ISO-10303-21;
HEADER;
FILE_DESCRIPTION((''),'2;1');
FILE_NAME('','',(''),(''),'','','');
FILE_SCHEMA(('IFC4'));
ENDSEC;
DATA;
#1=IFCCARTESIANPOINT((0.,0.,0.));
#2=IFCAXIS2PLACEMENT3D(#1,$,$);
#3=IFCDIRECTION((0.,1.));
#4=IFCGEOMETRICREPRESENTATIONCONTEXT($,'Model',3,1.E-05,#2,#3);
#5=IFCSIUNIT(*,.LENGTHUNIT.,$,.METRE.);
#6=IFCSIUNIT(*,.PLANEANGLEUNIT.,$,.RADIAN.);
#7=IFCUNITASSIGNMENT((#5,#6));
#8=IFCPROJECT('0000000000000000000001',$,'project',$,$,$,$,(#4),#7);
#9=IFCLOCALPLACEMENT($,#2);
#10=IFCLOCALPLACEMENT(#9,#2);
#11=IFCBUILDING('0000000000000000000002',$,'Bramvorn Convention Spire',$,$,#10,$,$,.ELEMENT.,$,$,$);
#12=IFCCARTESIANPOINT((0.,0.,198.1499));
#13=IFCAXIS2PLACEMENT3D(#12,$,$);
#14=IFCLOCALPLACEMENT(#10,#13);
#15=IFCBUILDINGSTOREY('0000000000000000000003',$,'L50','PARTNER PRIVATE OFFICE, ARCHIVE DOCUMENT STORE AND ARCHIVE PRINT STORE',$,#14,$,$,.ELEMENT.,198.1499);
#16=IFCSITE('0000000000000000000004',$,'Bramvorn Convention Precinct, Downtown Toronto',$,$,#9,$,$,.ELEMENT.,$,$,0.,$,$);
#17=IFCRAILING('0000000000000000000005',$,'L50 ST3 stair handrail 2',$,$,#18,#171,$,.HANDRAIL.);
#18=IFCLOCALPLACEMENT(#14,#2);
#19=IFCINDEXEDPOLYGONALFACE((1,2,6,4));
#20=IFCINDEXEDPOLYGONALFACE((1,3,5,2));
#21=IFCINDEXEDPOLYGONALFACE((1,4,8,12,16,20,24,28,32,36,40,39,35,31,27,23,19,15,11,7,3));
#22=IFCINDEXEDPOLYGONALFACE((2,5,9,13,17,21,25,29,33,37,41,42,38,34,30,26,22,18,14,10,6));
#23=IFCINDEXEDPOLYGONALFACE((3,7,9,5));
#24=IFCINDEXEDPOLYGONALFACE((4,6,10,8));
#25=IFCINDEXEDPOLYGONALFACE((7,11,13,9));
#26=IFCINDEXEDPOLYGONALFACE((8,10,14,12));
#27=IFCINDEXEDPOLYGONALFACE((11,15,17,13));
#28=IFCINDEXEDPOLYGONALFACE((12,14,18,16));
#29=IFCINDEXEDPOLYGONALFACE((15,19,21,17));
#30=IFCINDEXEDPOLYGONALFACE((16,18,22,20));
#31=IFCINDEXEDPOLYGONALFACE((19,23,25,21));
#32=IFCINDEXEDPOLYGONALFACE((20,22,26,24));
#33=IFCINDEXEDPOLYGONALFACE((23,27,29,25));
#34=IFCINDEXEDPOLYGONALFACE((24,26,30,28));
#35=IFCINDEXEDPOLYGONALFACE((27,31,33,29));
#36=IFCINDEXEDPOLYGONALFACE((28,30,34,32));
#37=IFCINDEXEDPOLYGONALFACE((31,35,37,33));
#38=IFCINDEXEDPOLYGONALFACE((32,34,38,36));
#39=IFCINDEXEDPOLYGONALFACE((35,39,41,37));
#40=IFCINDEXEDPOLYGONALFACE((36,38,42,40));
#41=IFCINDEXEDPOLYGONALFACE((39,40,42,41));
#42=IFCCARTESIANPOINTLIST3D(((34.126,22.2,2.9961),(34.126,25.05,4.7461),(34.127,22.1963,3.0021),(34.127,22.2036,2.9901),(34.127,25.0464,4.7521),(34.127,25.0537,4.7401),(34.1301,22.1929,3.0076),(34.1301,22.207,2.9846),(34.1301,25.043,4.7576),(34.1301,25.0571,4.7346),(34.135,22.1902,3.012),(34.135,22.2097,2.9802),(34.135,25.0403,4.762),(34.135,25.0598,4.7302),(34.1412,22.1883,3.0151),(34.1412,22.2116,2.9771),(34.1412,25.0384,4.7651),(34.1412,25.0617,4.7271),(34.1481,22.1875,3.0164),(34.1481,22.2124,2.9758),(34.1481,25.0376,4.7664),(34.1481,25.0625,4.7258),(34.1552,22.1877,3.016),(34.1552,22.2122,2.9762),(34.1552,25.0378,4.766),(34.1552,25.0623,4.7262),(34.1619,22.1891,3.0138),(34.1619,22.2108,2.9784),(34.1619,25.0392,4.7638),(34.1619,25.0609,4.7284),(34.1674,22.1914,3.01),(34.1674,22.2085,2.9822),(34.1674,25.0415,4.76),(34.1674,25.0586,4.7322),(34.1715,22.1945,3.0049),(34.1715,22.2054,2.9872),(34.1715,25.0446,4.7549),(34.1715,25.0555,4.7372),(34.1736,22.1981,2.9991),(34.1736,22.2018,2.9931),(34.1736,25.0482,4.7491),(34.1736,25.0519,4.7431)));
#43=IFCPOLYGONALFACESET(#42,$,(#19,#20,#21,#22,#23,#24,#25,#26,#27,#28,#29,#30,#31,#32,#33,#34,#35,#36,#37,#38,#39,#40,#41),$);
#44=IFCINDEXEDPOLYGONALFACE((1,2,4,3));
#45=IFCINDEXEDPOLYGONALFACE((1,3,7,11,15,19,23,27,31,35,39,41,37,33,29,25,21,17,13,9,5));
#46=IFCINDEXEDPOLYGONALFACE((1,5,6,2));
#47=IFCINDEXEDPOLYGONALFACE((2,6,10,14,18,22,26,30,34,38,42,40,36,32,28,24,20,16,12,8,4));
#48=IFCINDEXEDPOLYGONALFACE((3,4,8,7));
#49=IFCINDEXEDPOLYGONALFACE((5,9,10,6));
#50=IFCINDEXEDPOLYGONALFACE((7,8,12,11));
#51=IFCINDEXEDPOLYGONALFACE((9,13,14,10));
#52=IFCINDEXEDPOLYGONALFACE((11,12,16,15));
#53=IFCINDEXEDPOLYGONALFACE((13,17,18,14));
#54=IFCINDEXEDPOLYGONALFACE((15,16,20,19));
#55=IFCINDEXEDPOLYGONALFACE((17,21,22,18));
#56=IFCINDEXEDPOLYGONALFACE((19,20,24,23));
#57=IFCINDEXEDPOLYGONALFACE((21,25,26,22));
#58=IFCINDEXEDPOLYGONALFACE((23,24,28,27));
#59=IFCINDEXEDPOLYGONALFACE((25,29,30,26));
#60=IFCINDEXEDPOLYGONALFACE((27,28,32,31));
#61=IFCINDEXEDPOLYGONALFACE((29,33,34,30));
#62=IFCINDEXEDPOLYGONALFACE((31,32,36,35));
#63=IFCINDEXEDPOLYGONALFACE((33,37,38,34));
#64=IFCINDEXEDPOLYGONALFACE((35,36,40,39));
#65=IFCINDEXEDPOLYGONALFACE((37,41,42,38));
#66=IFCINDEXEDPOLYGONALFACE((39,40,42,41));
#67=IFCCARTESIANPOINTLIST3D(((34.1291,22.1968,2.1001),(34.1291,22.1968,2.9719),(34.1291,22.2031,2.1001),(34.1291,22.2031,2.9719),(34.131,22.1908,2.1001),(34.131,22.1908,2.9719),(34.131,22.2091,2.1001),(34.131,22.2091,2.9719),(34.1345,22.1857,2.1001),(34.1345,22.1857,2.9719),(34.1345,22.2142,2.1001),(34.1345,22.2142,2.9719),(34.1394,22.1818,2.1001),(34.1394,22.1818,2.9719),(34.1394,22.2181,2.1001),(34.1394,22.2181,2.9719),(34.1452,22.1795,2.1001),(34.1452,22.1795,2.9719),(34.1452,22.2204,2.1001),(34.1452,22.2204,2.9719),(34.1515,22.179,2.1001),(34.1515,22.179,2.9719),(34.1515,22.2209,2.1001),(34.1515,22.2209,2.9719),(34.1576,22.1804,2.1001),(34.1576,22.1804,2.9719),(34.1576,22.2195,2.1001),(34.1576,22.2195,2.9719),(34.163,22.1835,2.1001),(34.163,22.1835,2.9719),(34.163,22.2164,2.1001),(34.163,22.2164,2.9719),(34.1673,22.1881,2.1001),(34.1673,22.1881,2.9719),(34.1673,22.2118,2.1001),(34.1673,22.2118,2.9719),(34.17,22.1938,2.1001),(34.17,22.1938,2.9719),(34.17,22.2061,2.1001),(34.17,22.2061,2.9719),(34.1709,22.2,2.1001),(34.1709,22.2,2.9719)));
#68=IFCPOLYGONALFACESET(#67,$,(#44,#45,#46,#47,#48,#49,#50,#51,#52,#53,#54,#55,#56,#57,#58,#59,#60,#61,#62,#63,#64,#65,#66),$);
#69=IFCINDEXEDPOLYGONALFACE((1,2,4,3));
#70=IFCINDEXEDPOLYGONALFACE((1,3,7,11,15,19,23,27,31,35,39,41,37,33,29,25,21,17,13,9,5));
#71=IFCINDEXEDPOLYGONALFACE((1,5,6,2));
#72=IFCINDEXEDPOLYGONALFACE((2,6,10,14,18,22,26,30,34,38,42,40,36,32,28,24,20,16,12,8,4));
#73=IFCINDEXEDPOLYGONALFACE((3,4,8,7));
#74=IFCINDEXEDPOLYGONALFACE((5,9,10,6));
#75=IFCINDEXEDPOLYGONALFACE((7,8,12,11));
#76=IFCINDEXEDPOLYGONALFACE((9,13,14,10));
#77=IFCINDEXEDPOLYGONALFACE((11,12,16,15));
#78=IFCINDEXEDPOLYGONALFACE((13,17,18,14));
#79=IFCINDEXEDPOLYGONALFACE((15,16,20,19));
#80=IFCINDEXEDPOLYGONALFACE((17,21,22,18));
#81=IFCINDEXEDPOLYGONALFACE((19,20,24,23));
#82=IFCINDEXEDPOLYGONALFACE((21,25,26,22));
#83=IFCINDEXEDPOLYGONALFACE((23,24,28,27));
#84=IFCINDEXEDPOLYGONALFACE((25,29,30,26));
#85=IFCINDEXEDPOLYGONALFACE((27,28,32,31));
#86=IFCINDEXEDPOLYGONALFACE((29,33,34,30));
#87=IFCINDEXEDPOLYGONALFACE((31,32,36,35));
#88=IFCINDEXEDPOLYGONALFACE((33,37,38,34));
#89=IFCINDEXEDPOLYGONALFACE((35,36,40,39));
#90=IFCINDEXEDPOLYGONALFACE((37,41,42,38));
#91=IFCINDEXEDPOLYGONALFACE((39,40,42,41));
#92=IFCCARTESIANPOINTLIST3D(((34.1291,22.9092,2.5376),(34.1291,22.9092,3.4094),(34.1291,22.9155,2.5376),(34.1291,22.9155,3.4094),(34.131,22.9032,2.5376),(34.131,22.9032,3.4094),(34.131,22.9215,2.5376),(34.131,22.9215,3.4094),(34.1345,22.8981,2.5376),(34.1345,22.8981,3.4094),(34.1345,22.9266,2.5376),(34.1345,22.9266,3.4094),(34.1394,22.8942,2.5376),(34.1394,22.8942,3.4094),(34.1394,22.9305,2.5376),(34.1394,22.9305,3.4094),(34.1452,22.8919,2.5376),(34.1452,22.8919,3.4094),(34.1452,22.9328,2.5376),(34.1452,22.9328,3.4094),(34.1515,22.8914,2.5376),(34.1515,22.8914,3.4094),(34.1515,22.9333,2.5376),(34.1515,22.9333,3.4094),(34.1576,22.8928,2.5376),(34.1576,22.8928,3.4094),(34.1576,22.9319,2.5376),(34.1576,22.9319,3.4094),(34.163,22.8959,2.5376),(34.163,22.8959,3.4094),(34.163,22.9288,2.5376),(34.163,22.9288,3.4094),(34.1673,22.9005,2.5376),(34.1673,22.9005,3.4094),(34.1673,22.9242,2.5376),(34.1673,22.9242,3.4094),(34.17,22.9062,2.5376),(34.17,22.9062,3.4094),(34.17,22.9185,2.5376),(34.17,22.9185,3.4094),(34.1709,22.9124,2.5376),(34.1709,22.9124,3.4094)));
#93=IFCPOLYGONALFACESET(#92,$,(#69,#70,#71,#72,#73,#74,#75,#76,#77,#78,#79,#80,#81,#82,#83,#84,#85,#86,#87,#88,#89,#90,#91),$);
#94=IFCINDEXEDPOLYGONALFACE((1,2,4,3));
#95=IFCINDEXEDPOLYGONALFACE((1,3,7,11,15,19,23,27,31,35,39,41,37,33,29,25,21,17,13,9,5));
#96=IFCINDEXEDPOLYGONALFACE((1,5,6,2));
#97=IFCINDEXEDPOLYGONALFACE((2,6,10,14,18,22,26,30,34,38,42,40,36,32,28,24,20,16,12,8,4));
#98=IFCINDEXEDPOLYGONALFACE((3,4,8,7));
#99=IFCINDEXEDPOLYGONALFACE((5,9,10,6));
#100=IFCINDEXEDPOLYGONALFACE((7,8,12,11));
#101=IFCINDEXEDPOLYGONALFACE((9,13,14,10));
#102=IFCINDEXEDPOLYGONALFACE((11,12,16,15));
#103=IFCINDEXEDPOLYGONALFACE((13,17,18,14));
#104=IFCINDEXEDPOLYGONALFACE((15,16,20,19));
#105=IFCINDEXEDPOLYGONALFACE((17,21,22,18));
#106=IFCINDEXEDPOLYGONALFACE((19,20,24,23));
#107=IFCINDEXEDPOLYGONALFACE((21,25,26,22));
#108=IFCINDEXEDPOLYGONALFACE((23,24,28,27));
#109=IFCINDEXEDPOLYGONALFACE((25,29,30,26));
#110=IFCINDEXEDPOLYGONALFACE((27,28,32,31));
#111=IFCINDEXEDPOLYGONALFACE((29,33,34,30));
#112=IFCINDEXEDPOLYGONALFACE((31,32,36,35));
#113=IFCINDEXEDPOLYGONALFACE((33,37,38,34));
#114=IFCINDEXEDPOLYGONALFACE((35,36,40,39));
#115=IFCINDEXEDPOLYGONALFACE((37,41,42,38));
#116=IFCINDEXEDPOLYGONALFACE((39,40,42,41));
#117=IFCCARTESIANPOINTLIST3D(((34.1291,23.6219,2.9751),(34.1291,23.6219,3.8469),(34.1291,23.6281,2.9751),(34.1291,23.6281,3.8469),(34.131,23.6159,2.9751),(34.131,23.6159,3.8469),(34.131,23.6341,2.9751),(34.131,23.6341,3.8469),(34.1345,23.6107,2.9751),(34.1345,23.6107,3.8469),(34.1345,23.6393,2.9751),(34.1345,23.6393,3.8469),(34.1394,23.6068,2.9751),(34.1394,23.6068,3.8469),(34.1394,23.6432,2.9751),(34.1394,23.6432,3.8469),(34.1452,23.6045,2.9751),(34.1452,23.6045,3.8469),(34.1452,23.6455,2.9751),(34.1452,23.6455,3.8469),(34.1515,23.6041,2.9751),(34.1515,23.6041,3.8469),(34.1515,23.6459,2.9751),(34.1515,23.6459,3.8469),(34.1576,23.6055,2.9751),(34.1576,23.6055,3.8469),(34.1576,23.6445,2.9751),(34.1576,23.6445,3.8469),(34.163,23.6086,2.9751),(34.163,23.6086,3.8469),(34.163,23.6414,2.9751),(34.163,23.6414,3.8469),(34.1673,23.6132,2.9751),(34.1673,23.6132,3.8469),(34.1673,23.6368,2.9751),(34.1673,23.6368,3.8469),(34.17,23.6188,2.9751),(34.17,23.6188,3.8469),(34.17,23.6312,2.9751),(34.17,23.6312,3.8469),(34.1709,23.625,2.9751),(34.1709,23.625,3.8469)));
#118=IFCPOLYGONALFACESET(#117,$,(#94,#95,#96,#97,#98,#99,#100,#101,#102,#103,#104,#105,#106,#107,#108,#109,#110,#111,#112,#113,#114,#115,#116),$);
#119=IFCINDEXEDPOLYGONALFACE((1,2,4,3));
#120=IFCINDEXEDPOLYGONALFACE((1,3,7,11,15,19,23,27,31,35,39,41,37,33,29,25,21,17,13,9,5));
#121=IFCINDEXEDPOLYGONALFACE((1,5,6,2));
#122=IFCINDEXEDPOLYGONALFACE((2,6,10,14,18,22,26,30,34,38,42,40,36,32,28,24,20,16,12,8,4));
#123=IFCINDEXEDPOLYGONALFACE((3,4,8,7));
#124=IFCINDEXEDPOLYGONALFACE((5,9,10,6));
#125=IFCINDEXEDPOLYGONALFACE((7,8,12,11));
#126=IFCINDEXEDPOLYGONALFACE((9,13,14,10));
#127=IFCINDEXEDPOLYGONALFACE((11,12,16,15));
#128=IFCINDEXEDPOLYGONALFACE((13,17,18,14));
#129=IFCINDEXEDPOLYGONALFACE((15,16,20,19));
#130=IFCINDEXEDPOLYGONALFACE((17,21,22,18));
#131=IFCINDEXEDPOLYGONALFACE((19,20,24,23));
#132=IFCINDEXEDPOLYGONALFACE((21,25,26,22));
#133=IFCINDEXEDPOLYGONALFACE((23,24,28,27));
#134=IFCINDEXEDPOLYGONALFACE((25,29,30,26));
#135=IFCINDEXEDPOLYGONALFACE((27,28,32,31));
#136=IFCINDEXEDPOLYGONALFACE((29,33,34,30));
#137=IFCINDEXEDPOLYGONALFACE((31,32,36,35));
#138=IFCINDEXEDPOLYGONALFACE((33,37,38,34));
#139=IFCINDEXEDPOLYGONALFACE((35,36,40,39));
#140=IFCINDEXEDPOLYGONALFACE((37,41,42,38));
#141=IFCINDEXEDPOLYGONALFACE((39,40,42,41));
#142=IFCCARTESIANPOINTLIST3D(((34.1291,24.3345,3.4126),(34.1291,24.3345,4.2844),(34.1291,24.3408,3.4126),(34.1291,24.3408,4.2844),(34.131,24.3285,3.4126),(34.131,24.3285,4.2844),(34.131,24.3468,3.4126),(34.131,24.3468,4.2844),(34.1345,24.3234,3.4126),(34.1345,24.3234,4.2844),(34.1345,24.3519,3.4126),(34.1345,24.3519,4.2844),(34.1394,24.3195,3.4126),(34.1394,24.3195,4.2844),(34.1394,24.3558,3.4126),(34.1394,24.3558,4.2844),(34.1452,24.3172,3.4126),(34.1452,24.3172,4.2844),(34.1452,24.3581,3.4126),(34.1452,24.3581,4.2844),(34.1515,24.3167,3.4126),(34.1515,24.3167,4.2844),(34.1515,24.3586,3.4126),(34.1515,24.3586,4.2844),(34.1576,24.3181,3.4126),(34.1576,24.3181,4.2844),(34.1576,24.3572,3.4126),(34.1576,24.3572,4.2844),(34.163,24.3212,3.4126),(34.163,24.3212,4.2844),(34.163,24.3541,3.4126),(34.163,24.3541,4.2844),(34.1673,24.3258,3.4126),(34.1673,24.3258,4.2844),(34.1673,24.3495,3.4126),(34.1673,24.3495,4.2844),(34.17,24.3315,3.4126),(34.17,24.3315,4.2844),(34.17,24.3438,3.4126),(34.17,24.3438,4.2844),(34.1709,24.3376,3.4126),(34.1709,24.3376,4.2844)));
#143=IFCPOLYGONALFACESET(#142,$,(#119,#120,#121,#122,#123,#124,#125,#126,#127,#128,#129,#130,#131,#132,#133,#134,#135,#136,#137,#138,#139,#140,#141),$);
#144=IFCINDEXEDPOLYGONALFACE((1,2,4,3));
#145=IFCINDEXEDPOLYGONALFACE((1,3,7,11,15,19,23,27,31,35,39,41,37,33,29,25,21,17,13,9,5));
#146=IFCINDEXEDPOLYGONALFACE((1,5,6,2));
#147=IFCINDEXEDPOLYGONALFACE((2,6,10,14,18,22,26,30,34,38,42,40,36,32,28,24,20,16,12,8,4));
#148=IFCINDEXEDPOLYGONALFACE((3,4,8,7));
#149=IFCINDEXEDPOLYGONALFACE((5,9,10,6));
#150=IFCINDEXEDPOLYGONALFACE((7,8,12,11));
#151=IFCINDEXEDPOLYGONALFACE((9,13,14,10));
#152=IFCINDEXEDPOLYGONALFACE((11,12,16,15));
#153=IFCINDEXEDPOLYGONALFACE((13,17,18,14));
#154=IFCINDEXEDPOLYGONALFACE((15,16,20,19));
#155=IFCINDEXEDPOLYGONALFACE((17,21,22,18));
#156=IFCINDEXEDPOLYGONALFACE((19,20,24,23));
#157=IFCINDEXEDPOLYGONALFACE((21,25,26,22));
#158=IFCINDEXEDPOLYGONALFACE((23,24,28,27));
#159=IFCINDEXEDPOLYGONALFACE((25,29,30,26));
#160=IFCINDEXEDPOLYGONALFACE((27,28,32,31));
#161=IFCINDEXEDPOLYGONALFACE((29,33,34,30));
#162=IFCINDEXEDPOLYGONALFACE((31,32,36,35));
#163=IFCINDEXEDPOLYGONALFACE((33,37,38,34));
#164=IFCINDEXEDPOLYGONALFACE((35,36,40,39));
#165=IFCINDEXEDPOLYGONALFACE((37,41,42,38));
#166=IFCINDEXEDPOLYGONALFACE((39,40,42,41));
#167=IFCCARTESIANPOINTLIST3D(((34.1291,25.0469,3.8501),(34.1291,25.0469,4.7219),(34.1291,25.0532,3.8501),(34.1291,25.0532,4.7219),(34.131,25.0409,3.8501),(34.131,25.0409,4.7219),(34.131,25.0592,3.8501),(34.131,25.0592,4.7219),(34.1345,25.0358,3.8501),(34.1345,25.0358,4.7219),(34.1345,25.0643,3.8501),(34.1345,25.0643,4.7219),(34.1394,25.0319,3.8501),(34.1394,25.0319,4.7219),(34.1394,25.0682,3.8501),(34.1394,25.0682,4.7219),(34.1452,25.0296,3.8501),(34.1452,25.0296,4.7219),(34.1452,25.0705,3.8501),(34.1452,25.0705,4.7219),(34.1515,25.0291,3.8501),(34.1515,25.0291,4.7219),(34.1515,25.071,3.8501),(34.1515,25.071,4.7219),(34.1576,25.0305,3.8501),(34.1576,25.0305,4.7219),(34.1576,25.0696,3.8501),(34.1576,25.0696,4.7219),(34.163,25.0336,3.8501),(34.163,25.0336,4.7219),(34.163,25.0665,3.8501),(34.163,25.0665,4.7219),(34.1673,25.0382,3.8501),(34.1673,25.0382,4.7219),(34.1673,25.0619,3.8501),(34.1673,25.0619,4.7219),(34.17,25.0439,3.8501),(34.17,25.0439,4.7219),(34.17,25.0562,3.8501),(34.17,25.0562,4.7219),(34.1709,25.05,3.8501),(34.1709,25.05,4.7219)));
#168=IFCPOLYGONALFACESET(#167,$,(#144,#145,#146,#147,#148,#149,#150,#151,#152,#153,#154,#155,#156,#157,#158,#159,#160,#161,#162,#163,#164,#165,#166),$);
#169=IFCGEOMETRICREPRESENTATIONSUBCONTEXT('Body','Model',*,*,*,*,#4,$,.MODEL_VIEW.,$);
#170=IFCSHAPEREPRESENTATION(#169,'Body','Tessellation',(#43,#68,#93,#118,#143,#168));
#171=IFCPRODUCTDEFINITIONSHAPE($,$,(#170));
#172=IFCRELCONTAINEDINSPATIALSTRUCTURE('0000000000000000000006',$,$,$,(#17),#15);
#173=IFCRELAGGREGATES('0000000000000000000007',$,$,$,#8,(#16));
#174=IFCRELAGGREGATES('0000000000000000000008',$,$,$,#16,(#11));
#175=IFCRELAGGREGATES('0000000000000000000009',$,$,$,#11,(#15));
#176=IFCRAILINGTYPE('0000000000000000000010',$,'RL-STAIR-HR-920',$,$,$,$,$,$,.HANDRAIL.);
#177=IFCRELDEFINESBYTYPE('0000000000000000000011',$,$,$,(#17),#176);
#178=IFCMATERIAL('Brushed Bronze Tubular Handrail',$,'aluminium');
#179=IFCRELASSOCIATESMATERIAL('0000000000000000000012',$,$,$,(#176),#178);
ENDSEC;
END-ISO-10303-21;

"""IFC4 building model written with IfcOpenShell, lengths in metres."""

from ifc_helpers import new_model, si_unit, direction, frame, origin, origin_2d, place, context, subcontext, project, spatial, circle, extrude, material, type_object, element, save


model = new_model("IFC4")

# Units and contexts
model_context = context("Model", 3, precision=1e-05, world=origin(), true_north=direction((0.0, 1.0)))
body_context = subcontext(model_context, "Body", "Model", "MODEL_VIEW")
ifc_project = project(units=[si_unit("LENGTHUNIT", "METRE"), si_unit("PLANEANGLEUNIT", "RADIAN")], contexts=[model_context])

# Site, building, storey
site_placement = place(None, origin())
site = spatial("IfcSite", under=ifc_project, at=site_placement, Name="Bramvorn Convention Precinct, Downtown Toronto", CompositionType="ELEMENT", RefElevation=0.0)
building_placement = place(site_placement, origin())
building = spatial("IfcBuilding", under=site, at=building_placement, Name="Bramvorn Convention Spire", CompositionType="ELEMENT")
storey_placement = place(building_placement, frame((0.0, 0.0, 198.1499)))
storey = spatial("IfcBuildingStorey", under=building, at=storey_placement, Name="L50", Description="PARTNER PRIVATE OFFICE, ARCHIVE DOCUMENT STORE AND ARCHIVE PRINT STORE", CompositionType="ELEMENT", Elevation=198.1499)

# Railing
ifc_material_1 = material(Name="Brushed Bronze Tubular Handrail", Category="aluminium")
railing_type_1 = type_object("IfcRailingType", Name="RL-STAIR-HR-920", PredefinedType="HANDRAIL", material=ifc_material_1)
railing_1_placement = place(storey_placement, frame((34.1499, 22.2, 2.1001)))
element("IfcRailing", 1, at=railing_1_placement, inside=storey, type_object=railing_type_1, Name="L50 ST3 stair handrail 2", PredefinedType="HANDRAIL", context=body_context, shape_type="SweptSolid", body=[
    extrude(circle(Radius=0.0239, at=origin_2d()), frame((0.0, 0.0, 0.896), z_axis=(0.0, 0.852179, 0.52325), x_axis=(-1.0, 0.0, 0.0)), (0.0, 0.0, 1.0), 3.3445),
    extrude(circle(Radius=0.021, at=origin_2d()), origin(), (0.0, 0.0, 1.0), 0.8718),
    extrude(circle(Radius=0.021, at=origin_2d()), frame((0.0, 0.7124, 0.4375)), (0.0, 0.0, 1.0), 0.8718),
    extrude(circle(Radius=0.021, at=origin_2d()), frame((0.0, 1.425, 0.875)), (0.0, 0.0, 1.0), 0.8718),
    extrude(circle(Radius=0.021, at=origin_2d()), frame((0.0, 2.1377, 1.3125)), (0.0, 0.0, 1.0), 0.8718),
    extrude(circle(Radius=0.021, at=origin_2d()), frame((0.0, 2.8501, 1.75)), (0.0, 0.0, 1.0), 0.8718),
])

save(model, "model.ifc")
